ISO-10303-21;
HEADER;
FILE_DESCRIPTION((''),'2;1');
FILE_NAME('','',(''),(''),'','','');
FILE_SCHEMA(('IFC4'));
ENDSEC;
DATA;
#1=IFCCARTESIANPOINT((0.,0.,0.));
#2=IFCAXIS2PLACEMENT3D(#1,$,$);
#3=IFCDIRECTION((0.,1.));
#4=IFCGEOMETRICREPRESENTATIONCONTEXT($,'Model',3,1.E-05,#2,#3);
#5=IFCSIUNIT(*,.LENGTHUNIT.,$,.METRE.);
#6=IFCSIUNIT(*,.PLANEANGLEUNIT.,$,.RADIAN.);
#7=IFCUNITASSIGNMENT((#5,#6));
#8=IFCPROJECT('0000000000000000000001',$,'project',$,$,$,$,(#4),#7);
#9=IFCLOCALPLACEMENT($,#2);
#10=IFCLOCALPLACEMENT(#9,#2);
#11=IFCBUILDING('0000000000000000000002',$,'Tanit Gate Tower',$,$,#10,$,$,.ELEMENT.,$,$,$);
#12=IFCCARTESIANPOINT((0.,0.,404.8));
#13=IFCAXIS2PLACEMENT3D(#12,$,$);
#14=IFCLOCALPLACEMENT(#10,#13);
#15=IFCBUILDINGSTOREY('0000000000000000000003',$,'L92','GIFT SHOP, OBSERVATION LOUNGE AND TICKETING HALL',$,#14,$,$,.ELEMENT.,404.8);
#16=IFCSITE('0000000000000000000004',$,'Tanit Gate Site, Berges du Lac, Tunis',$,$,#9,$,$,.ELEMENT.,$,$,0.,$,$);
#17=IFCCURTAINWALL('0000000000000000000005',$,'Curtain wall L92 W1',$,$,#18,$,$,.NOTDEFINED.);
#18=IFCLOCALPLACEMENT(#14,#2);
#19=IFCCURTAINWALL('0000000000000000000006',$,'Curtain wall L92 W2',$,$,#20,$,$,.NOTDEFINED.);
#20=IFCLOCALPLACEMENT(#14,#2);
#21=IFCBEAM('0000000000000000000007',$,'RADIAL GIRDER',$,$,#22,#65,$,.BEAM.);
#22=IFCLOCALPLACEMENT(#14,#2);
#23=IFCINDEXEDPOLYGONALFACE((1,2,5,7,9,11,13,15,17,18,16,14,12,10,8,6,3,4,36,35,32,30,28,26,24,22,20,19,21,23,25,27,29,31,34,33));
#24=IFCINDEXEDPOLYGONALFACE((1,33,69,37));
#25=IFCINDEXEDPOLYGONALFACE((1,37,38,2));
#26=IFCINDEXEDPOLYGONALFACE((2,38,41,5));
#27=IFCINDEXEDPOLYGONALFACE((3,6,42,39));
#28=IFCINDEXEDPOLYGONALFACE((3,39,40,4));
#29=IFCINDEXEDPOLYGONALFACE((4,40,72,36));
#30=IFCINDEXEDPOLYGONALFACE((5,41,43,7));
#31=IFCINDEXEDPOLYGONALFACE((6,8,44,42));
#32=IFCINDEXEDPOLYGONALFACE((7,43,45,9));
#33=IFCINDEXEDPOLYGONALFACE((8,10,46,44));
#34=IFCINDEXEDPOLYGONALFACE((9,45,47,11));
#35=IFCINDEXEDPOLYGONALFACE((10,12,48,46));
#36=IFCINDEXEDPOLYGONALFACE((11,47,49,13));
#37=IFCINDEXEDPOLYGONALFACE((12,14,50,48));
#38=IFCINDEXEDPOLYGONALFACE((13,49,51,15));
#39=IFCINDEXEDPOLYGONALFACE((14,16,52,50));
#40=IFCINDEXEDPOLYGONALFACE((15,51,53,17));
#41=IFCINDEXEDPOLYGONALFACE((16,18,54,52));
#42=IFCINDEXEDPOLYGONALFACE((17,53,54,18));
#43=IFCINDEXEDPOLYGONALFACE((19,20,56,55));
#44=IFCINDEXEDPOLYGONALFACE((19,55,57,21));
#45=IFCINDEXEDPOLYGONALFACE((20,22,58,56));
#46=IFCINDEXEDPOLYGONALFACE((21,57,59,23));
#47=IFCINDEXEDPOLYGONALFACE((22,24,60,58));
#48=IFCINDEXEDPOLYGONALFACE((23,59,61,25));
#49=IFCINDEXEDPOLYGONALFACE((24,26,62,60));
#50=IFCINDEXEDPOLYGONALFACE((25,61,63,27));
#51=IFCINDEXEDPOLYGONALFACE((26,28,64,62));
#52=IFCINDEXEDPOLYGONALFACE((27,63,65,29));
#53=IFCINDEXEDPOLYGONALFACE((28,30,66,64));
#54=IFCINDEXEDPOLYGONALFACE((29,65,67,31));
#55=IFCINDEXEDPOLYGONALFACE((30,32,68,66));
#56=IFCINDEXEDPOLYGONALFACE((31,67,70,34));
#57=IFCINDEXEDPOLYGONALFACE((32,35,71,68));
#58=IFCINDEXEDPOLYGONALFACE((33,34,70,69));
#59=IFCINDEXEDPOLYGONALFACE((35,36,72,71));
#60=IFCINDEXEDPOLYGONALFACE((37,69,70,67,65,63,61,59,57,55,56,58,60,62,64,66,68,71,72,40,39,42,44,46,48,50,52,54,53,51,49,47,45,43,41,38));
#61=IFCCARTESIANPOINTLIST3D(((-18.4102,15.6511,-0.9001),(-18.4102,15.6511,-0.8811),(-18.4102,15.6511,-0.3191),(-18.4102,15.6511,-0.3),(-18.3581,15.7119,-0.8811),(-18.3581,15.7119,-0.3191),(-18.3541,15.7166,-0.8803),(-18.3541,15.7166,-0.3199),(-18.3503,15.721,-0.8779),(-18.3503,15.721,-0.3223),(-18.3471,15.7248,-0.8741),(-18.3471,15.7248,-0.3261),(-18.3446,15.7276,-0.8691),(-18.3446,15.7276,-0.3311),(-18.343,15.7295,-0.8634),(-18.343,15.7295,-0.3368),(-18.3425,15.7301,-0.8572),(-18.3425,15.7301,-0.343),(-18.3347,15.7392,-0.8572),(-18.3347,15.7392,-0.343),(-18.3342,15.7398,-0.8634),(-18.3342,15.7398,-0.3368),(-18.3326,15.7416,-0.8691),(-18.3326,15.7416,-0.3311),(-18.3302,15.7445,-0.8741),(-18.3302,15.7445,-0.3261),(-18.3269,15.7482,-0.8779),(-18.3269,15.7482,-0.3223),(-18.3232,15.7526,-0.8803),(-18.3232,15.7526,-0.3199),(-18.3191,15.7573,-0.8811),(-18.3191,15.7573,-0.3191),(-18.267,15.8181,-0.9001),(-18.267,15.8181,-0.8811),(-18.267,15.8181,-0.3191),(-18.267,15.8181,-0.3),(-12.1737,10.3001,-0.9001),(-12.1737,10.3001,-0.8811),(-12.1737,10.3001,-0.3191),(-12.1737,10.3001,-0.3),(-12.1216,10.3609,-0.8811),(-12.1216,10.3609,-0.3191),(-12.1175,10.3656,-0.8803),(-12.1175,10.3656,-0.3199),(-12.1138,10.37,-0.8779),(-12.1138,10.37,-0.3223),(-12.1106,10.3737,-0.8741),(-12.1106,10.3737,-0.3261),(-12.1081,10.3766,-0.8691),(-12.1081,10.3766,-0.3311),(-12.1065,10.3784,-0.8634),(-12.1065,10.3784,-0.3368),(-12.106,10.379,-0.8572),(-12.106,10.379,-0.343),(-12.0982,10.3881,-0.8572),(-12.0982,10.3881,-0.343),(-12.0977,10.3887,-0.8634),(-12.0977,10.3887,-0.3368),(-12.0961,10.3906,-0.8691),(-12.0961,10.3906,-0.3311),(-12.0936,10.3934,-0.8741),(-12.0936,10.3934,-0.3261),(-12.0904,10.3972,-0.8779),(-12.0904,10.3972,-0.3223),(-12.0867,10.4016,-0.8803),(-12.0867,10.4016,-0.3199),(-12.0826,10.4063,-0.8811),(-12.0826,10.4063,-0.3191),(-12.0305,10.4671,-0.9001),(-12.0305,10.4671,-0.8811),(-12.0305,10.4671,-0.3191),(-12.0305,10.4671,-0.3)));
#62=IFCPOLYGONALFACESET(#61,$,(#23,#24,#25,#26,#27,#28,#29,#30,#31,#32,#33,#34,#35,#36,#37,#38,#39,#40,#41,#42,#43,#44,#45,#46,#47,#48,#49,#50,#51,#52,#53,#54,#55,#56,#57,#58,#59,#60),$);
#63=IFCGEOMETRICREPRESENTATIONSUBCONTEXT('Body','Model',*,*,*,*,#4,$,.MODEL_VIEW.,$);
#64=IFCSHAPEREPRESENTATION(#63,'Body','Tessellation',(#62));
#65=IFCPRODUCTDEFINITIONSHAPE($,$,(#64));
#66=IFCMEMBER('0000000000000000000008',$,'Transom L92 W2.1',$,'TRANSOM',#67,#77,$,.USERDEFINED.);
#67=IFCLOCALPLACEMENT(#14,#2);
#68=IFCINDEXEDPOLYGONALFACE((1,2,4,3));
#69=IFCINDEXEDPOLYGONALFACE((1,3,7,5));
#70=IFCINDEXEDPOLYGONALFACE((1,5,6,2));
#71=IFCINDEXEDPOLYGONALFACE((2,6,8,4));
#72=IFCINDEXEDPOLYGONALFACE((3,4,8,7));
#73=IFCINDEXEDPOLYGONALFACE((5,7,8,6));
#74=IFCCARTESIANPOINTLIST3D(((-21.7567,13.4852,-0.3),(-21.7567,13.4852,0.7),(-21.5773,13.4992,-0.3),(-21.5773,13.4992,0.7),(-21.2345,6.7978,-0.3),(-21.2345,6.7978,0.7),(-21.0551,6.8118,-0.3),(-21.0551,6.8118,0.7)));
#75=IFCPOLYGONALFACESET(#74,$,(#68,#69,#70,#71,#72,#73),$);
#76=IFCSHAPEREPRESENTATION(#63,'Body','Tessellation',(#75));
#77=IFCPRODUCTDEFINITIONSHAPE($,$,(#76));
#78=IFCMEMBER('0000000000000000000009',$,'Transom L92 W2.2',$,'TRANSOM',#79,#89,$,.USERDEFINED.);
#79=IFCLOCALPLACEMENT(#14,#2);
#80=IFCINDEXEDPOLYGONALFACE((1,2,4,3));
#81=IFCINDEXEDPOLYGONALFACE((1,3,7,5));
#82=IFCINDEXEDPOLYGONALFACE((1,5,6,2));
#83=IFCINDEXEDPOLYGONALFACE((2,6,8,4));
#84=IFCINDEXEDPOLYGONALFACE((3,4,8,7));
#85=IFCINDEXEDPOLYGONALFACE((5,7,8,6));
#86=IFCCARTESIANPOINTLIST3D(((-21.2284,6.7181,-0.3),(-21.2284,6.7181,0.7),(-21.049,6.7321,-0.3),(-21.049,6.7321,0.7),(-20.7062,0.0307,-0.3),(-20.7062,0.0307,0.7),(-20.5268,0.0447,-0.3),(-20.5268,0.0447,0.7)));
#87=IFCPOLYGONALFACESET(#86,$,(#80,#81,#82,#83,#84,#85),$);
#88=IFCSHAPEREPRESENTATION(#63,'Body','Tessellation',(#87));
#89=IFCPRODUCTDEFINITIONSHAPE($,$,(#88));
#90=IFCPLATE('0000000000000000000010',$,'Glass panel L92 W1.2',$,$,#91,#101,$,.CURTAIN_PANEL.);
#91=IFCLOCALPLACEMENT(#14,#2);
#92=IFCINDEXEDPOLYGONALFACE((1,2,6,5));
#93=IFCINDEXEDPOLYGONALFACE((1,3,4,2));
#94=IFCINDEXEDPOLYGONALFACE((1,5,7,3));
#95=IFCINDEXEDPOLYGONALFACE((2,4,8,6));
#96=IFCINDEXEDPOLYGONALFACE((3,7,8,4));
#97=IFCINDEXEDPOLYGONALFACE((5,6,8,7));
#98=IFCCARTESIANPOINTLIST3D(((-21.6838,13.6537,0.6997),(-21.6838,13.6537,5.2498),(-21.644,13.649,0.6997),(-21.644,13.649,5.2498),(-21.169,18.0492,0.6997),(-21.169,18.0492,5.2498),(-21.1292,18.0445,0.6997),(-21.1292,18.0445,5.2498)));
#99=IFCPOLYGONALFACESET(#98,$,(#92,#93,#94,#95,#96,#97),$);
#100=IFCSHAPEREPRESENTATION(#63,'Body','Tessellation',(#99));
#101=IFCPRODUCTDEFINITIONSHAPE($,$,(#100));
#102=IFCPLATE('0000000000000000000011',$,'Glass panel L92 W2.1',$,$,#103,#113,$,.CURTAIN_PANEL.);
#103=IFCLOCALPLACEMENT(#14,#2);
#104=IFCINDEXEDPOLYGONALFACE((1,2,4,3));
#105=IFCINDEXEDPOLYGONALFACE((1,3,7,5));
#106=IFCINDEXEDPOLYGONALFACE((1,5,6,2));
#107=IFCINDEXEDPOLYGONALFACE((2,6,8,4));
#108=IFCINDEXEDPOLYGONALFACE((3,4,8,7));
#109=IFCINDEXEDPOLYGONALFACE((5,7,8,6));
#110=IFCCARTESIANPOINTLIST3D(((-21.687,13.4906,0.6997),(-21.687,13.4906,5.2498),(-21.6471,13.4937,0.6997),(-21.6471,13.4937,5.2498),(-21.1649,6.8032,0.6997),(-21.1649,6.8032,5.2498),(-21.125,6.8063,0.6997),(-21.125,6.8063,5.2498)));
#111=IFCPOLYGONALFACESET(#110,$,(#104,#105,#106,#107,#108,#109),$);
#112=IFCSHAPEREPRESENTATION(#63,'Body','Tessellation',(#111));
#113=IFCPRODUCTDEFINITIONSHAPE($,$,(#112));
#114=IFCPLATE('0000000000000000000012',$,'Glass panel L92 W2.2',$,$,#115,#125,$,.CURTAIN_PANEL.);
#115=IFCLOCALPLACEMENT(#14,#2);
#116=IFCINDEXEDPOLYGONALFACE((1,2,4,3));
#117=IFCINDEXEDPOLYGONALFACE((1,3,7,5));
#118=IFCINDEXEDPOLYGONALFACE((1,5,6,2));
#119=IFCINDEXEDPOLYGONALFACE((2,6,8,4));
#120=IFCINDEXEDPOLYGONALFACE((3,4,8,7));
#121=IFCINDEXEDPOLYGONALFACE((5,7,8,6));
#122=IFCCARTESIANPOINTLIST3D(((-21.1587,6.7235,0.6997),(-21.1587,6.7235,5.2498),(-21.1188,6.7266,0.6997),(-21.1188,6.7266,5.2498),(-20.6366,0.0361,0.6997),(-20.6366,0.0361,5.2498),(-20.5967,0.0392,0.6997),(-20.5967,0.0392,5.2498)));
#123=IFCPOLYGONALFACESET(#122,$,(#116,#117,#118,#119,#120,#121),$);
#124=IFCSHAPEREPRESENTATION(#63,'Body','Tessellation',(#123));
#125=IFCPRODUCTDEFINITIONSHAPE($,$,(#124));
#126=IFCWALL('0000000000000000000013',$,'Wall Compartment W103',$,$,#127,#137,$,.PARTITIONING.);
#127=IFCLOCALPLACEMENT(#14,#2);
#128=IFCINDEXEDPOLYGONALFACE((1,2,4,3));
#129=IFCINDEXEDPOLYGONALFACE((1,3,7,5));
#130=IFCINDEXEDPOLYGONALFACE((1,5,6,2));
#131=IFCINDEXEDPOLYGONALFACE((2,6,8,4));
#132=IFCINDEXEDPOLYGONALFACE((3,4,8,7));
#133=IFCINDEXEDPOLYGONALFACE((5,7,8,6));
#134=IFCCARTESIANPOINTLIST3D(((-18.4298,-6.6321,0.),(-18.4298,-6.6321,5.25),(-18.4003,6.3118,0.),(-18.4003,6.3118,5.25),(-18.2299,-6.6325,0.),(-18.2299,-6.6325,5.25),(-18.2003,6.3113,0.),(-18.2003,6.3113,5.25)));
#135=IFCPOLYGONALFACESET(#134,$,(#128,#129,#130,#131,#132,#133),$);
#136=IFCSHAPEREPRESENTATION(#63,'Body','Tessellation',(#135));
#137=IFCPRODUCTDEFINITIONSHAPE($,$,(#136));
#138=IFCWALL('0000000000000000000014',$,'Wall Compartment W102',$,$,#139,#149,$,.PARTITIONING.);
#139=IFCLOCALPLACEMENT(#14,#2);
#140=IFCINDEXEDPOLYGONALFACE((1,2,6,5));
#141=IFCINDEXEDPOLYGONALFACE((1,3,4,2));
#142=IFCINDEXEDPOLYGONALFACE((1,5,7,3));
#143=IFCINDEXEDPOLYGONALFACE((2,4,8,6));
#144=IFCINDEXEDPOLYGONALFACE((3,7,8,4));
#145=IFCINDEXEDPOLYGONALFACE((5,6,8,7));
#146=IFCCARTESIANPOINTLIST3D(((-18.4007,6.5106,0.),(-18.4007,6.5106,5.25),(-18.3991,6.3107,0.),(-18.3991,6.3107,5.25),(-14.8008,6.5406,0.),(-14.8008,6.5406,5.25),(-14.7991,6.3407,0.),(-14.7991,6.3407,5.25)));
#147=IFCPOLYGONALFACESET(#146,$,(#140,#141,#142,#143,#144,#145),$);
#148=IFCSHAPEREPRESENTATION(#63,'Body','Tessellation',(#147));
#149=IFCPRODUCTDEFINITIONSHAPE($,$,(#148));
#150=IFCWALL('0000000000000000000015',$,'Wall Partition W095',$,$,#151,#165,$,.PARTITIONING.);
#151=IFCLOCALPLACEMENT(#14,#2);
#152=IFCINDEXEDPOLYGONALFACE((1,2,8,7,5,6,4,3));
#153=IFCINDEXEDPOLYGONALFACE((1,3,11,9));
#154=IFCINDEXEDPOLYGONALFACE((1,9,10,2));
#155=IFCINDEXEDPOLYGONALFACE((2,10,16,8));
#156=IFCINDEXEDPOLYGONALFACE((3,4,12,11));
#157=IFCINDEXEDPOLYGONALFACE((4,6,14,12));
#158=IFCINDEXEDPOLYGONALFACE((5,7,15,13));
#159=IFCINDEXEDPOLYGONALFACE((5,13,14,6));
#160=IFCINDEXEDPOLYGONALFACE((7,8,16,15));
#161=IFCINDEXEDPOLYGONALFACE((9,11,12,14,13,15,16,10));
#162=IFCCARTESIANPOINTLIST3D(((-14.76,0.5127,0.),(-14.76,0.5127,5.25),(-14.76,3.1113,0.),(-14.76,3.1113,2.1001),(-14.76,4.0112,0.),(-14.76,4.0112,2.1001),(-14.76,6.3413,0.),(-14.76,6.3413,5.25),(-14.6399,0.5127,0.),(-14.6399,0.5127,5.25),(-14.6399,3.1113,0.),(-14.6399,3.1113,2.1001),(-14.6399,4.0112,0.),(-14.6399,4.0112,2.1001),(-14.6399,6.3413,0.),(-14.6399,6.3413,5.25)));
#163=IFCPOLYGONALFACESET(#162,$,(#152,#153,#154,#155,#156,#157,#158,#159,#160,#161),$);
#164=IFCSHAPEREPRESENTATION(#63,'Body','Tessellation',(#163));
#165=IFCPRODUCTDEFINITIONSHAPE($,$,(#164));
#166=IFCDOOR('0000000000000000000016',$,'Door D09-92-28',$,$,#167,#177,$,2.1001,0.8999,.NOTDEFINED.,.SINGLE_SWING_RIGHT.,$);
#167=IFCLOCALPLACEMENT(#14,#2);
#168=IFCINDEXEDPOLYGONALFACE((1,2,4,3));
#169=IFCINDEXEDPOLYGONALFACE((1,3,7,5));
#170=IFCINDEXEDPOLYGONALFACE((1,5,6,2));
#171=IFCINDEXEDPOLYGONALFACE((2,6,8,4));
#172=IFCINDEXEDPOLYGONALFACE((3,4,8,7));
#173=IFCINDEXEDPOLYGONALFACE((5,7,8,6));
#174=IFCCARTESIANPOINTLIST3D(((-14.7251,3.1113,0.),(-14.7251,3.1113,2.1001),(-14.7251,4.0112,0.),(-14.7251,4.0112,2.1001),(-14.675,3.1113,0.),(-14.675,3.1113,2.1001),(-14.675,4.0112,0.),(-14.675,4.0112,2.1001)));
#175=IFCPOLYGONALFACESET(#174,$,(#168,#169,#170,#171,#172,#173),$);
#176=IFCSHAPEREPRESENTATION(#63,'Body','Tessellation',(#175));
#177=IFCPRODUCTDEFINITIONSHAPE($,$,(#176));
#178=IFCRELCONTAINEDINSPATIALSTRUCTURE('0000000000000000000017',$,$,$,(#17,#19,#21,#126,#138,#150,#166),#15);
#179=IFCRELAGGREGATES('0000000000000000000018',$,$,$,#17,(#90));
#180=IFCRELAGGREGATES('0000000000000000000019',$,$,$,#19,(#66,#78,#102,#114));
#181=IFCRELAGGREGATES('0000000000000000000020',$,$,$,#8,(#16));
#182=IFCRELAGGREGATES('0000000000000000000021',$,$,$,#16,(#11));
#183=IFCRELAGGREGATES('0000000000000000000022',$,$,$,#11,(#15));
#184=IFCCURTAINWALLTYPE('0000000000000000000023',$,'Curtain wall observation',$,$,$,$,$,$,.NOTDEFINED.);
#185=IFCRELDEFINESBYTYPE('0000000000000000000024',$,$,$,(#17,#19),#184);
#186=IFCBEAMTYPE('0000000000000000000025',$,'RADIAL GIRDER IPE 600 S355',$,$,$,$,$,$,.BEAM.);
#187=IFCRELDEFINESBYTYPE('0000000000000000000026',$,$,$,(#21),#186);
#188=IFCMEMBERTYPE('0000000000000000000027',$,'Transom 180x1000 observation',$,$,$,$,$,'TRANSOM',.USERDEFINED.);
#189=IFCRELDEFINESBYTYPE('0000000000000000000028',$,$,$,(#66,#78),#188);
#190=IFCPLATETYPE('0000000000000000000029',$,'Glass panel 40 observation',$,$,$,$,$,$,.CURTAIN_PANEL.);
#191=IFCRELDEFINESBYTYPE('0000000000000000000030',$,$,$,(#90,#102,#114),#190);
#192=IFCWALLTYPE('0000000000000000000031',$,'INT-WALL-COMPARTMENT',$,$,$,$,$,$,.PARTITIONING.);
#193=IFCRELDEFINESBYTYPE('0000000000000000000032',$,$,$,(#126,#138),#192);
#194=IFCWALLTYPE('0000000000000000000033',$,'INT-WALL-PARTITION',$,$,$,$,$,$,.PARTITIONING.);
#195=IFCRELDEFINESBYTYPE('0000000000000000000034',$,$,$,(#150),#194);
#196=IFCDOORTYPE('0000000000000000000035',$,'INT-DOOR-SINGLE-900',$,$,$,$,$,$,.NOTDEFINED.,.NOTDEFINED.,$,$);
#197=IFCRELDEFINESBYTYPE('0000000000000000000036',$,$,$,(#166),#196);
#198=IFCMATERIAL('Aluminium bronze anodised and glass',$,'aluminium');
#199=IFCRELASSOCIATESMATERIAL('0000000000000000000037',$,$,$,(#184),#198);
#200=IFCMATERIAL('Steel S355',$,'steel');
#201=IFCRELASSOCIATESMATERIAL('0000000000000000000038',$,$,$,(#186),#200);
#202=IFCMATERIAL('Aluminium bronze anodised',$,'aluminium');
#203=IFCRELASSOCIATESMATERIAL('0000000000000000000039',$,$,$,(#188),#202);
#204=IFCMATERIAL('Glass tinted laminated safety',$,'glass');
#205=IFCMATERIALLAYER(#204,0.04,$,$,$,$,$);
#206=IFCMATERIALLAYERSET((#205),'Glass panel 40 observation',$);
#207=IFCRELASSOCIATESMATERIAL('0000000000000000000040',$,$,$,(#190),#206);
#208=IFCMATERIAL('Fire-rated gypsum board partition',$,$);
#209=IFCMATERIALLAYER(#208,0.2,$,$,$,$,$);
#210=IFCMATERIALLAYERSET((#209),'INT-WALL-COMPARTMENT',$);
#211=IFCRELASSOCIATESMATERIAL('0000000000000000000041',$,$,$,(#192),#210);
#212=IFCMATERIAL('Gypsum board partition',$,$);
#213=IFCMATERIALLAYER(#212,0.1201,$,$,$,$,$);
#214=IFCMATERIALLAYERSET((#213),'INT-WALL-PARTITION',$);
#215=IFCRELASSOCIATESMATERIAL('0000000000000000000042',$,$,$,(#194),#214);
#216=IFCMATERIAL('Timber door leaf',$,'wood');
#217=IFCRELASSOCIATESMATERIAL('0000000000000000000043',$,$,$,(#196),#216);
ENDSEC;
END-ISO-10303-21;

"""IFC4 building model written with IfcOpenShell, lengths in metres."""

from ifc_helpers import new_model, si_unit, direction, frame, frame_2d, origin, origin_2d, place, context, subcontext, project, spatial, rectangle, i_section, extrude, material, layer, layer_set, material_profile, profile_set, type_object, element, fill, aggregate, save


model = new_model("IFC4")

# Units and contexts
model_context = context("Model", 3, precision=1e-05, world=origin(), true_north=direction((0.0, 1.0)))
body_context = subcontext(model_context, "Body", "Model", "MODEL_VIEW")
ifc_project = project(units=[si_unit("LENGTHUNIT", "METRE"), si_unit("PLANEANGLEUNIT", "RADIAN")], contexts=[model_context])

# Site, building, storey
site_placement = place(None, origin())
site = spatial("IfcSite", under=ifc_project, at=site_placement, Name="Tanit Gate Site, Berges du Lac, Tunis", CompositionType="ELEMENT", RefElevation=0.0)
building_placement = place(site_placement, origin())
building = spatial("IfcBuilding", under=site, at=building_placement, Name="Tanit Gate Tower", CompositionType="ELEMENT")
storey_placement = place(building_placement, frame((0.0, 0.0, 404.8)))
storey = spatial("IfcBuildingStorey", under=building, at=storey_placement, Name="L92", Description="GIFT SHOP, OBSERVATION LOUNGE AND TICKETING HALL", CompositionType="ELEMENT", Elevation=404.8)

# Curtain wall
ifc_material_1 = material(Name="Aluminium bronze anodised and glass", Category="aluminium")
curtain_wall_type = type_object("IfcCurtainWallType", Name="Curtain wall observation", PredefinedType="NOTDEFINED", material=ifc_material_1)
curtain_wall_1_placement = place(storey_placement, origin())
curtain_wall_1 = element("IfcCurtainWall", 1, at=curtain_wall_1_placement, inside=storey, type_object=curtain_wall_type, Name="Curtain wall L92 W1", PredefinedType="NOTDEFINED")

# Curtain wall
curtain_wall_2_placement = place(storey_placement, origin())
curtain_wall_2 = element("IfcCurtainWall", 2, at=curtain_wall_2_placement, inside=storey, type_object=curtain_wall_type, Name="Curtain wall L92 W2", PredefinedType="NOTDEFINED")

# Beam
ifc_material_2 = material(Name="Steel S355", Category="steel")
ifc_material_profile_1 = material_profile(ifc_material_2, i_section(OverallWidth=0.22, OverallDepth=0.6001, WebThickness=0.012, FlangeThickness=0.019, FilletRadius=0.0239, at=origin_2d()), Name="IPE 600")
ifc_profile_set_1 = profile_set([ifc_material_profile_1], Name="Steel S355")
beam_type_1 = type_object("IfcBeamType", Name="RADIAL GIRDER IPE 600 S355", PredefinedType="BEAM", material=ifc_profile_set_1)
beam_1_placement = place(storey_placement, frame((-18.3386, 15.7346, -0.6001), z_axis=(0.758929, -0.651173, 0.0), x_axis=(0.651173, 0.758929, 0.0)))
element("IfcBeam", 3, at=beam_1_placement, inside=storey, type_object=beam_type_1, Name="RADIAL GIRDER", PredefinedType="BEAM", context=body_context, shape_type="SweptSolid", body=[
    extrude(i_section(OverallWidth=0.22, OverallDepth=0.6001, WebThickness=0.012, FlangeThickness=0.019, FilletRadius=0.0239, at=origin_2d()), origin(), (0.0, 0.0, 1.0), 8.2175),
])

# Members
ifc_material_3 = material(Name="Aluminium bronze anodised", Category="aluminium")
ifc_material_profile_2 = material_profile(ifc_material_3, rectangle(XDim=0.1799, YDim=1.0, at=origin_2d()), Name="180x1000 bronze transom")
ifc_profile_set_2 = profile_set([ifc_material_profile_2], Name="Aluminium bronze anodised")
member_type_1 = type_object("IfcMemberType", Name="Transom 180x1000 observation", ElementType="TRANSOM", PredefinedType="USERDEFINED", material=ifc_profile_set_2)
member_1_placement = place(storey_placement, frame((-21.667, 13.4922, 0.2), z_axis=(0.077851, -0.996965, 0.0), x_axis=(0.996965, 0.077851, 0.0)))
member_1 = element("IfcMember", 4, at=member_1_placement, type_object=member_type_1, Name="Transom L92 W2.1", ObjectType="TRANSOM", PredefinedType="USERDEFINED", context=body_context, shape_type="SweptSolid", body=[
    extrude(rectangle(XDim=0.1799, YDim=1.0, at=origin_2d()), origin(), (0.0, 0.0, 1.0), 6.7078),
])
member_2_placement = place(storey_placement, frame((-21.1387, 6.7251, 0.2), z_axis=(0.077851, -0.996965, 0.0), x_axis=(0.996965, 0.077851, 0.0)))
member_2 = element("IfcMember", 5, at=member_2_placement, type_object=member_type_1, Name="Transom L92 W2.2", ObjectType="TRANSOM", PredefinedType="USERDEFINED", context=body_context, shape_type="SweptSolid", body=[
    extrude(rectangle(XDim=0.1799, YDim=1.0, at=origin_2d()), origin(), (0.0, 0.0, 1.0), 6.7078),
])

# Plates
ifc_material_4 = material(Name="Glass tinted laminated safety", Category="glass")
ifc_layer_1 = layer(ifc_material_4, 0.04)
ifc_layer_set_1 = layer_set([ifc_layer_1], Name="Glass panel 40 observation")
plate_type = type_object("IfcPlateType", Name="Glass panel 40 observation", PredefinedType="CURTAIN_PANEL", material=ifc_layer_set_1)
plate_1_placement = place(storey_placement, frame((-21.4065, 15.8491, 0.6997), z_axis=(0.0, 0.0, 1.0), x_axis=(-0.116318, -0.993212, 0.0)))
plate_1 = element("IfcPlate", 6, at=plate_1_placement, type_object=plate_type, Name="Glass panel L92 W1.2", PredefinedType="CURTAIN_PANEL", context=body_context, shape_type="SweptSolid", body=[
    extrude(rectangle(XDim=4.4255, YDim=0.04, at=origin_2d()), origin(), (0.0, 0.0, 1.0), 4.55),
])
aggregate(curtain_wall_1, [plate_1])
plate_2_placement = place(storey_placement, frame((-21.406, 10.1484, 0.6997), z_axis=(0.0, 0.0, 1.0), x_axis=(0.077839, -0.996966, 0.0)))
plate_2 = element("IfcPlate", 7, at=plate_2_placement, type_object=plate_type, Name="Glass panel L92 W2.1", PredefinedType="CURTAIN_PANEL", context=body_context, shape_type="SweptSolid", body=[
    extrude(rectangle(XDim=6.7078, YDim=0.04, at=origin_2d()), origin(), (0.0, 0.0, 1.0), 4.55),
])
plate_3_placement = place(storey_placement, frame((-20.8777, 3.3813, 0.6997), z_axis=(0.0, 0.0, 1.0), x_axis=(0.077839, -0.996966, 0.0)))
plate_3 = element("IfcPlate", 8, at=plate_3_placement, type_object=plate_type, Name="Glass panel L92 W2.2", PredefinedType="CURTAIN_PANEL", context=body_context, shape_type="SweptSolid", body=[
    extrude(rectangle(XDim=6.7078, YDim=0.04, at=origin_2d()), origin(), (0.0, 0.0, 1.0), 4.55),
])
aggregate(curtain_wall_2, [member_1, member_2, plate_2, plate_3])

# Walls
ifc_material_5 = material(Name="Fire-rated gypsum board partition")
ifc_layer_2 = layer(ifc_material_5, 0.2)
ifc_layer_set_2 = layer_set([ifc_layer_2], Name="INT-WALL-COMPARTMENT")
wall_type_1 = type_object("IfcWallType", Name="INT-WALL-COMPARTMENT", PredefinedType="PARTITIONING", material=ifc_layer_set_2)
wall_1_placement = place(storey_placement, frame((-18.3003, 6.3115, 0.0), z_axis=(0.0, 0.0, 1.0), x_axis=(-0.002282, -0.999997, 0.0)))
element("IfcWall", 9, at=wall_1_placement, inside=storey, type_object=wall_type_1, Name="Wall Compartment W103", PredefinedType="PARTITIONING", context=body_context, shape_type="SweptSolid", body=[
    extrude(rectangle(XDim=12.9438, YDim=0.2, at=frame_2d((6.4719, 0.0))), origin(), (0.0, 0.0, 1.0), 5.25),
])
wall_2_placement = place(storey_placement, frame((-18.3999, 6.4106, 0.0), z_axis=(0.0, 0.0, 1.0), x_axis=(0.999965, 0.008342, 0.0)))
element("IfcWall", 10, at=wall_2_placement, inside=storey, type_object=wall_type_1, Name="Wall Compartment W102", PredefinedType="PARTITIONING", context=body_context, shape_type="SweptSolid", body=[
    extrude(rectangle(XDim=3.6001, YDim=0.2, at=frame_2d((1.8, 0.0))), origin(), (0.0, 0.0, 1.0), 5.25),
])

# Wall, opening, door
ifc_material_6 = material(Name="Gypsum board partition")
ifc_layer_3 = layer(ifc_material_6, 0.1201)
ifc_layer_set_3 = layer_set([ifc_layer_3], Name="INT-WALL-PARTITION")
wall_type_2 = type_object("IfcWallType", Name="INT-WALL-PARTITION", PredefinedType="PARTITIONING", material=ifc_layer_set_3)
wall_3_placement = place(storey_placement, frame((-14.7, 6.3413, 0.0), z_axis=(0.0, 0.0, 1.0), x_axis=(0.0, -1.0, 0.0)))
wall_3 = element("IfcWall", 11, at=wall_3_placement, inside=storey, type_object=wall_type_2, Name="Wall Partition W095", PredefinedType="PARTITIONING", context=body_context, shape_type="SweptSolid", body=[
    extrude(rectangle(XDim=5.8286, YDim=0.1201, at=frame_2d((2.9143, 0.0))), origin(), (0.0, 0.0, 1.0), 5.25),
])
opening_1_placement = place(wall_3_placement, frame((2.3301, 0.0, 0.0)))
opening_1 = element("IfcOpeningElement", 12, at=opening_1_placement, cuts=wall_3, PredefinedType="OPENING", context=body_context, shape_type="SweptSolid", body=[
    extrude(rectangle(XDim=0.8999, YDim=2.1001, at=frame_2d((0.45, 1.05))), frame((0.0, 0.0701, 0.0), z_axis=(0.0, -1.0, 0.0), x_axis=(1.0, 0.0, 0.0)), (0.0, 0.0, 1.0), 0.1401),
])
ifc_material_7 = material(Name="Timber door leaf", Category="wood")
door_type_1 = type_object("IfcDoorType", Name="INT-DOOR-SINGLE-900", OperationType="NOTDEFINED", PredefinedType="NOTDEFINED", material=ifc_material_7)
door_1_placement = place(opening_1_placement, origin())
door_1 = element("IfcDoor", 13, at=door_1_placement, inside=storey, type_object=door_type_1, Name="Door D09-92-28", OperationType="SINGLE_SWING_RIGHT", OverallHeight=2.1001, OverallWidth=0.8999, PredefinedType="NOTDEFINED", context=body_context, shape_type="SweptSolid", body=[
    extrude(rectangle(XDim=0.8999, YDim=2.1001, at=frame_2d((0.45, 1.05))), frame((0.0, 0.0249, 0.0), z_axis=(0.0, -1.0, 0.0), x_axis=(1.0, 0.0, 0.0)), (0.0, 0.0, 1.0), 0.05),
])
fill(opening_1, door_1)

save(model, "model.ifc")
